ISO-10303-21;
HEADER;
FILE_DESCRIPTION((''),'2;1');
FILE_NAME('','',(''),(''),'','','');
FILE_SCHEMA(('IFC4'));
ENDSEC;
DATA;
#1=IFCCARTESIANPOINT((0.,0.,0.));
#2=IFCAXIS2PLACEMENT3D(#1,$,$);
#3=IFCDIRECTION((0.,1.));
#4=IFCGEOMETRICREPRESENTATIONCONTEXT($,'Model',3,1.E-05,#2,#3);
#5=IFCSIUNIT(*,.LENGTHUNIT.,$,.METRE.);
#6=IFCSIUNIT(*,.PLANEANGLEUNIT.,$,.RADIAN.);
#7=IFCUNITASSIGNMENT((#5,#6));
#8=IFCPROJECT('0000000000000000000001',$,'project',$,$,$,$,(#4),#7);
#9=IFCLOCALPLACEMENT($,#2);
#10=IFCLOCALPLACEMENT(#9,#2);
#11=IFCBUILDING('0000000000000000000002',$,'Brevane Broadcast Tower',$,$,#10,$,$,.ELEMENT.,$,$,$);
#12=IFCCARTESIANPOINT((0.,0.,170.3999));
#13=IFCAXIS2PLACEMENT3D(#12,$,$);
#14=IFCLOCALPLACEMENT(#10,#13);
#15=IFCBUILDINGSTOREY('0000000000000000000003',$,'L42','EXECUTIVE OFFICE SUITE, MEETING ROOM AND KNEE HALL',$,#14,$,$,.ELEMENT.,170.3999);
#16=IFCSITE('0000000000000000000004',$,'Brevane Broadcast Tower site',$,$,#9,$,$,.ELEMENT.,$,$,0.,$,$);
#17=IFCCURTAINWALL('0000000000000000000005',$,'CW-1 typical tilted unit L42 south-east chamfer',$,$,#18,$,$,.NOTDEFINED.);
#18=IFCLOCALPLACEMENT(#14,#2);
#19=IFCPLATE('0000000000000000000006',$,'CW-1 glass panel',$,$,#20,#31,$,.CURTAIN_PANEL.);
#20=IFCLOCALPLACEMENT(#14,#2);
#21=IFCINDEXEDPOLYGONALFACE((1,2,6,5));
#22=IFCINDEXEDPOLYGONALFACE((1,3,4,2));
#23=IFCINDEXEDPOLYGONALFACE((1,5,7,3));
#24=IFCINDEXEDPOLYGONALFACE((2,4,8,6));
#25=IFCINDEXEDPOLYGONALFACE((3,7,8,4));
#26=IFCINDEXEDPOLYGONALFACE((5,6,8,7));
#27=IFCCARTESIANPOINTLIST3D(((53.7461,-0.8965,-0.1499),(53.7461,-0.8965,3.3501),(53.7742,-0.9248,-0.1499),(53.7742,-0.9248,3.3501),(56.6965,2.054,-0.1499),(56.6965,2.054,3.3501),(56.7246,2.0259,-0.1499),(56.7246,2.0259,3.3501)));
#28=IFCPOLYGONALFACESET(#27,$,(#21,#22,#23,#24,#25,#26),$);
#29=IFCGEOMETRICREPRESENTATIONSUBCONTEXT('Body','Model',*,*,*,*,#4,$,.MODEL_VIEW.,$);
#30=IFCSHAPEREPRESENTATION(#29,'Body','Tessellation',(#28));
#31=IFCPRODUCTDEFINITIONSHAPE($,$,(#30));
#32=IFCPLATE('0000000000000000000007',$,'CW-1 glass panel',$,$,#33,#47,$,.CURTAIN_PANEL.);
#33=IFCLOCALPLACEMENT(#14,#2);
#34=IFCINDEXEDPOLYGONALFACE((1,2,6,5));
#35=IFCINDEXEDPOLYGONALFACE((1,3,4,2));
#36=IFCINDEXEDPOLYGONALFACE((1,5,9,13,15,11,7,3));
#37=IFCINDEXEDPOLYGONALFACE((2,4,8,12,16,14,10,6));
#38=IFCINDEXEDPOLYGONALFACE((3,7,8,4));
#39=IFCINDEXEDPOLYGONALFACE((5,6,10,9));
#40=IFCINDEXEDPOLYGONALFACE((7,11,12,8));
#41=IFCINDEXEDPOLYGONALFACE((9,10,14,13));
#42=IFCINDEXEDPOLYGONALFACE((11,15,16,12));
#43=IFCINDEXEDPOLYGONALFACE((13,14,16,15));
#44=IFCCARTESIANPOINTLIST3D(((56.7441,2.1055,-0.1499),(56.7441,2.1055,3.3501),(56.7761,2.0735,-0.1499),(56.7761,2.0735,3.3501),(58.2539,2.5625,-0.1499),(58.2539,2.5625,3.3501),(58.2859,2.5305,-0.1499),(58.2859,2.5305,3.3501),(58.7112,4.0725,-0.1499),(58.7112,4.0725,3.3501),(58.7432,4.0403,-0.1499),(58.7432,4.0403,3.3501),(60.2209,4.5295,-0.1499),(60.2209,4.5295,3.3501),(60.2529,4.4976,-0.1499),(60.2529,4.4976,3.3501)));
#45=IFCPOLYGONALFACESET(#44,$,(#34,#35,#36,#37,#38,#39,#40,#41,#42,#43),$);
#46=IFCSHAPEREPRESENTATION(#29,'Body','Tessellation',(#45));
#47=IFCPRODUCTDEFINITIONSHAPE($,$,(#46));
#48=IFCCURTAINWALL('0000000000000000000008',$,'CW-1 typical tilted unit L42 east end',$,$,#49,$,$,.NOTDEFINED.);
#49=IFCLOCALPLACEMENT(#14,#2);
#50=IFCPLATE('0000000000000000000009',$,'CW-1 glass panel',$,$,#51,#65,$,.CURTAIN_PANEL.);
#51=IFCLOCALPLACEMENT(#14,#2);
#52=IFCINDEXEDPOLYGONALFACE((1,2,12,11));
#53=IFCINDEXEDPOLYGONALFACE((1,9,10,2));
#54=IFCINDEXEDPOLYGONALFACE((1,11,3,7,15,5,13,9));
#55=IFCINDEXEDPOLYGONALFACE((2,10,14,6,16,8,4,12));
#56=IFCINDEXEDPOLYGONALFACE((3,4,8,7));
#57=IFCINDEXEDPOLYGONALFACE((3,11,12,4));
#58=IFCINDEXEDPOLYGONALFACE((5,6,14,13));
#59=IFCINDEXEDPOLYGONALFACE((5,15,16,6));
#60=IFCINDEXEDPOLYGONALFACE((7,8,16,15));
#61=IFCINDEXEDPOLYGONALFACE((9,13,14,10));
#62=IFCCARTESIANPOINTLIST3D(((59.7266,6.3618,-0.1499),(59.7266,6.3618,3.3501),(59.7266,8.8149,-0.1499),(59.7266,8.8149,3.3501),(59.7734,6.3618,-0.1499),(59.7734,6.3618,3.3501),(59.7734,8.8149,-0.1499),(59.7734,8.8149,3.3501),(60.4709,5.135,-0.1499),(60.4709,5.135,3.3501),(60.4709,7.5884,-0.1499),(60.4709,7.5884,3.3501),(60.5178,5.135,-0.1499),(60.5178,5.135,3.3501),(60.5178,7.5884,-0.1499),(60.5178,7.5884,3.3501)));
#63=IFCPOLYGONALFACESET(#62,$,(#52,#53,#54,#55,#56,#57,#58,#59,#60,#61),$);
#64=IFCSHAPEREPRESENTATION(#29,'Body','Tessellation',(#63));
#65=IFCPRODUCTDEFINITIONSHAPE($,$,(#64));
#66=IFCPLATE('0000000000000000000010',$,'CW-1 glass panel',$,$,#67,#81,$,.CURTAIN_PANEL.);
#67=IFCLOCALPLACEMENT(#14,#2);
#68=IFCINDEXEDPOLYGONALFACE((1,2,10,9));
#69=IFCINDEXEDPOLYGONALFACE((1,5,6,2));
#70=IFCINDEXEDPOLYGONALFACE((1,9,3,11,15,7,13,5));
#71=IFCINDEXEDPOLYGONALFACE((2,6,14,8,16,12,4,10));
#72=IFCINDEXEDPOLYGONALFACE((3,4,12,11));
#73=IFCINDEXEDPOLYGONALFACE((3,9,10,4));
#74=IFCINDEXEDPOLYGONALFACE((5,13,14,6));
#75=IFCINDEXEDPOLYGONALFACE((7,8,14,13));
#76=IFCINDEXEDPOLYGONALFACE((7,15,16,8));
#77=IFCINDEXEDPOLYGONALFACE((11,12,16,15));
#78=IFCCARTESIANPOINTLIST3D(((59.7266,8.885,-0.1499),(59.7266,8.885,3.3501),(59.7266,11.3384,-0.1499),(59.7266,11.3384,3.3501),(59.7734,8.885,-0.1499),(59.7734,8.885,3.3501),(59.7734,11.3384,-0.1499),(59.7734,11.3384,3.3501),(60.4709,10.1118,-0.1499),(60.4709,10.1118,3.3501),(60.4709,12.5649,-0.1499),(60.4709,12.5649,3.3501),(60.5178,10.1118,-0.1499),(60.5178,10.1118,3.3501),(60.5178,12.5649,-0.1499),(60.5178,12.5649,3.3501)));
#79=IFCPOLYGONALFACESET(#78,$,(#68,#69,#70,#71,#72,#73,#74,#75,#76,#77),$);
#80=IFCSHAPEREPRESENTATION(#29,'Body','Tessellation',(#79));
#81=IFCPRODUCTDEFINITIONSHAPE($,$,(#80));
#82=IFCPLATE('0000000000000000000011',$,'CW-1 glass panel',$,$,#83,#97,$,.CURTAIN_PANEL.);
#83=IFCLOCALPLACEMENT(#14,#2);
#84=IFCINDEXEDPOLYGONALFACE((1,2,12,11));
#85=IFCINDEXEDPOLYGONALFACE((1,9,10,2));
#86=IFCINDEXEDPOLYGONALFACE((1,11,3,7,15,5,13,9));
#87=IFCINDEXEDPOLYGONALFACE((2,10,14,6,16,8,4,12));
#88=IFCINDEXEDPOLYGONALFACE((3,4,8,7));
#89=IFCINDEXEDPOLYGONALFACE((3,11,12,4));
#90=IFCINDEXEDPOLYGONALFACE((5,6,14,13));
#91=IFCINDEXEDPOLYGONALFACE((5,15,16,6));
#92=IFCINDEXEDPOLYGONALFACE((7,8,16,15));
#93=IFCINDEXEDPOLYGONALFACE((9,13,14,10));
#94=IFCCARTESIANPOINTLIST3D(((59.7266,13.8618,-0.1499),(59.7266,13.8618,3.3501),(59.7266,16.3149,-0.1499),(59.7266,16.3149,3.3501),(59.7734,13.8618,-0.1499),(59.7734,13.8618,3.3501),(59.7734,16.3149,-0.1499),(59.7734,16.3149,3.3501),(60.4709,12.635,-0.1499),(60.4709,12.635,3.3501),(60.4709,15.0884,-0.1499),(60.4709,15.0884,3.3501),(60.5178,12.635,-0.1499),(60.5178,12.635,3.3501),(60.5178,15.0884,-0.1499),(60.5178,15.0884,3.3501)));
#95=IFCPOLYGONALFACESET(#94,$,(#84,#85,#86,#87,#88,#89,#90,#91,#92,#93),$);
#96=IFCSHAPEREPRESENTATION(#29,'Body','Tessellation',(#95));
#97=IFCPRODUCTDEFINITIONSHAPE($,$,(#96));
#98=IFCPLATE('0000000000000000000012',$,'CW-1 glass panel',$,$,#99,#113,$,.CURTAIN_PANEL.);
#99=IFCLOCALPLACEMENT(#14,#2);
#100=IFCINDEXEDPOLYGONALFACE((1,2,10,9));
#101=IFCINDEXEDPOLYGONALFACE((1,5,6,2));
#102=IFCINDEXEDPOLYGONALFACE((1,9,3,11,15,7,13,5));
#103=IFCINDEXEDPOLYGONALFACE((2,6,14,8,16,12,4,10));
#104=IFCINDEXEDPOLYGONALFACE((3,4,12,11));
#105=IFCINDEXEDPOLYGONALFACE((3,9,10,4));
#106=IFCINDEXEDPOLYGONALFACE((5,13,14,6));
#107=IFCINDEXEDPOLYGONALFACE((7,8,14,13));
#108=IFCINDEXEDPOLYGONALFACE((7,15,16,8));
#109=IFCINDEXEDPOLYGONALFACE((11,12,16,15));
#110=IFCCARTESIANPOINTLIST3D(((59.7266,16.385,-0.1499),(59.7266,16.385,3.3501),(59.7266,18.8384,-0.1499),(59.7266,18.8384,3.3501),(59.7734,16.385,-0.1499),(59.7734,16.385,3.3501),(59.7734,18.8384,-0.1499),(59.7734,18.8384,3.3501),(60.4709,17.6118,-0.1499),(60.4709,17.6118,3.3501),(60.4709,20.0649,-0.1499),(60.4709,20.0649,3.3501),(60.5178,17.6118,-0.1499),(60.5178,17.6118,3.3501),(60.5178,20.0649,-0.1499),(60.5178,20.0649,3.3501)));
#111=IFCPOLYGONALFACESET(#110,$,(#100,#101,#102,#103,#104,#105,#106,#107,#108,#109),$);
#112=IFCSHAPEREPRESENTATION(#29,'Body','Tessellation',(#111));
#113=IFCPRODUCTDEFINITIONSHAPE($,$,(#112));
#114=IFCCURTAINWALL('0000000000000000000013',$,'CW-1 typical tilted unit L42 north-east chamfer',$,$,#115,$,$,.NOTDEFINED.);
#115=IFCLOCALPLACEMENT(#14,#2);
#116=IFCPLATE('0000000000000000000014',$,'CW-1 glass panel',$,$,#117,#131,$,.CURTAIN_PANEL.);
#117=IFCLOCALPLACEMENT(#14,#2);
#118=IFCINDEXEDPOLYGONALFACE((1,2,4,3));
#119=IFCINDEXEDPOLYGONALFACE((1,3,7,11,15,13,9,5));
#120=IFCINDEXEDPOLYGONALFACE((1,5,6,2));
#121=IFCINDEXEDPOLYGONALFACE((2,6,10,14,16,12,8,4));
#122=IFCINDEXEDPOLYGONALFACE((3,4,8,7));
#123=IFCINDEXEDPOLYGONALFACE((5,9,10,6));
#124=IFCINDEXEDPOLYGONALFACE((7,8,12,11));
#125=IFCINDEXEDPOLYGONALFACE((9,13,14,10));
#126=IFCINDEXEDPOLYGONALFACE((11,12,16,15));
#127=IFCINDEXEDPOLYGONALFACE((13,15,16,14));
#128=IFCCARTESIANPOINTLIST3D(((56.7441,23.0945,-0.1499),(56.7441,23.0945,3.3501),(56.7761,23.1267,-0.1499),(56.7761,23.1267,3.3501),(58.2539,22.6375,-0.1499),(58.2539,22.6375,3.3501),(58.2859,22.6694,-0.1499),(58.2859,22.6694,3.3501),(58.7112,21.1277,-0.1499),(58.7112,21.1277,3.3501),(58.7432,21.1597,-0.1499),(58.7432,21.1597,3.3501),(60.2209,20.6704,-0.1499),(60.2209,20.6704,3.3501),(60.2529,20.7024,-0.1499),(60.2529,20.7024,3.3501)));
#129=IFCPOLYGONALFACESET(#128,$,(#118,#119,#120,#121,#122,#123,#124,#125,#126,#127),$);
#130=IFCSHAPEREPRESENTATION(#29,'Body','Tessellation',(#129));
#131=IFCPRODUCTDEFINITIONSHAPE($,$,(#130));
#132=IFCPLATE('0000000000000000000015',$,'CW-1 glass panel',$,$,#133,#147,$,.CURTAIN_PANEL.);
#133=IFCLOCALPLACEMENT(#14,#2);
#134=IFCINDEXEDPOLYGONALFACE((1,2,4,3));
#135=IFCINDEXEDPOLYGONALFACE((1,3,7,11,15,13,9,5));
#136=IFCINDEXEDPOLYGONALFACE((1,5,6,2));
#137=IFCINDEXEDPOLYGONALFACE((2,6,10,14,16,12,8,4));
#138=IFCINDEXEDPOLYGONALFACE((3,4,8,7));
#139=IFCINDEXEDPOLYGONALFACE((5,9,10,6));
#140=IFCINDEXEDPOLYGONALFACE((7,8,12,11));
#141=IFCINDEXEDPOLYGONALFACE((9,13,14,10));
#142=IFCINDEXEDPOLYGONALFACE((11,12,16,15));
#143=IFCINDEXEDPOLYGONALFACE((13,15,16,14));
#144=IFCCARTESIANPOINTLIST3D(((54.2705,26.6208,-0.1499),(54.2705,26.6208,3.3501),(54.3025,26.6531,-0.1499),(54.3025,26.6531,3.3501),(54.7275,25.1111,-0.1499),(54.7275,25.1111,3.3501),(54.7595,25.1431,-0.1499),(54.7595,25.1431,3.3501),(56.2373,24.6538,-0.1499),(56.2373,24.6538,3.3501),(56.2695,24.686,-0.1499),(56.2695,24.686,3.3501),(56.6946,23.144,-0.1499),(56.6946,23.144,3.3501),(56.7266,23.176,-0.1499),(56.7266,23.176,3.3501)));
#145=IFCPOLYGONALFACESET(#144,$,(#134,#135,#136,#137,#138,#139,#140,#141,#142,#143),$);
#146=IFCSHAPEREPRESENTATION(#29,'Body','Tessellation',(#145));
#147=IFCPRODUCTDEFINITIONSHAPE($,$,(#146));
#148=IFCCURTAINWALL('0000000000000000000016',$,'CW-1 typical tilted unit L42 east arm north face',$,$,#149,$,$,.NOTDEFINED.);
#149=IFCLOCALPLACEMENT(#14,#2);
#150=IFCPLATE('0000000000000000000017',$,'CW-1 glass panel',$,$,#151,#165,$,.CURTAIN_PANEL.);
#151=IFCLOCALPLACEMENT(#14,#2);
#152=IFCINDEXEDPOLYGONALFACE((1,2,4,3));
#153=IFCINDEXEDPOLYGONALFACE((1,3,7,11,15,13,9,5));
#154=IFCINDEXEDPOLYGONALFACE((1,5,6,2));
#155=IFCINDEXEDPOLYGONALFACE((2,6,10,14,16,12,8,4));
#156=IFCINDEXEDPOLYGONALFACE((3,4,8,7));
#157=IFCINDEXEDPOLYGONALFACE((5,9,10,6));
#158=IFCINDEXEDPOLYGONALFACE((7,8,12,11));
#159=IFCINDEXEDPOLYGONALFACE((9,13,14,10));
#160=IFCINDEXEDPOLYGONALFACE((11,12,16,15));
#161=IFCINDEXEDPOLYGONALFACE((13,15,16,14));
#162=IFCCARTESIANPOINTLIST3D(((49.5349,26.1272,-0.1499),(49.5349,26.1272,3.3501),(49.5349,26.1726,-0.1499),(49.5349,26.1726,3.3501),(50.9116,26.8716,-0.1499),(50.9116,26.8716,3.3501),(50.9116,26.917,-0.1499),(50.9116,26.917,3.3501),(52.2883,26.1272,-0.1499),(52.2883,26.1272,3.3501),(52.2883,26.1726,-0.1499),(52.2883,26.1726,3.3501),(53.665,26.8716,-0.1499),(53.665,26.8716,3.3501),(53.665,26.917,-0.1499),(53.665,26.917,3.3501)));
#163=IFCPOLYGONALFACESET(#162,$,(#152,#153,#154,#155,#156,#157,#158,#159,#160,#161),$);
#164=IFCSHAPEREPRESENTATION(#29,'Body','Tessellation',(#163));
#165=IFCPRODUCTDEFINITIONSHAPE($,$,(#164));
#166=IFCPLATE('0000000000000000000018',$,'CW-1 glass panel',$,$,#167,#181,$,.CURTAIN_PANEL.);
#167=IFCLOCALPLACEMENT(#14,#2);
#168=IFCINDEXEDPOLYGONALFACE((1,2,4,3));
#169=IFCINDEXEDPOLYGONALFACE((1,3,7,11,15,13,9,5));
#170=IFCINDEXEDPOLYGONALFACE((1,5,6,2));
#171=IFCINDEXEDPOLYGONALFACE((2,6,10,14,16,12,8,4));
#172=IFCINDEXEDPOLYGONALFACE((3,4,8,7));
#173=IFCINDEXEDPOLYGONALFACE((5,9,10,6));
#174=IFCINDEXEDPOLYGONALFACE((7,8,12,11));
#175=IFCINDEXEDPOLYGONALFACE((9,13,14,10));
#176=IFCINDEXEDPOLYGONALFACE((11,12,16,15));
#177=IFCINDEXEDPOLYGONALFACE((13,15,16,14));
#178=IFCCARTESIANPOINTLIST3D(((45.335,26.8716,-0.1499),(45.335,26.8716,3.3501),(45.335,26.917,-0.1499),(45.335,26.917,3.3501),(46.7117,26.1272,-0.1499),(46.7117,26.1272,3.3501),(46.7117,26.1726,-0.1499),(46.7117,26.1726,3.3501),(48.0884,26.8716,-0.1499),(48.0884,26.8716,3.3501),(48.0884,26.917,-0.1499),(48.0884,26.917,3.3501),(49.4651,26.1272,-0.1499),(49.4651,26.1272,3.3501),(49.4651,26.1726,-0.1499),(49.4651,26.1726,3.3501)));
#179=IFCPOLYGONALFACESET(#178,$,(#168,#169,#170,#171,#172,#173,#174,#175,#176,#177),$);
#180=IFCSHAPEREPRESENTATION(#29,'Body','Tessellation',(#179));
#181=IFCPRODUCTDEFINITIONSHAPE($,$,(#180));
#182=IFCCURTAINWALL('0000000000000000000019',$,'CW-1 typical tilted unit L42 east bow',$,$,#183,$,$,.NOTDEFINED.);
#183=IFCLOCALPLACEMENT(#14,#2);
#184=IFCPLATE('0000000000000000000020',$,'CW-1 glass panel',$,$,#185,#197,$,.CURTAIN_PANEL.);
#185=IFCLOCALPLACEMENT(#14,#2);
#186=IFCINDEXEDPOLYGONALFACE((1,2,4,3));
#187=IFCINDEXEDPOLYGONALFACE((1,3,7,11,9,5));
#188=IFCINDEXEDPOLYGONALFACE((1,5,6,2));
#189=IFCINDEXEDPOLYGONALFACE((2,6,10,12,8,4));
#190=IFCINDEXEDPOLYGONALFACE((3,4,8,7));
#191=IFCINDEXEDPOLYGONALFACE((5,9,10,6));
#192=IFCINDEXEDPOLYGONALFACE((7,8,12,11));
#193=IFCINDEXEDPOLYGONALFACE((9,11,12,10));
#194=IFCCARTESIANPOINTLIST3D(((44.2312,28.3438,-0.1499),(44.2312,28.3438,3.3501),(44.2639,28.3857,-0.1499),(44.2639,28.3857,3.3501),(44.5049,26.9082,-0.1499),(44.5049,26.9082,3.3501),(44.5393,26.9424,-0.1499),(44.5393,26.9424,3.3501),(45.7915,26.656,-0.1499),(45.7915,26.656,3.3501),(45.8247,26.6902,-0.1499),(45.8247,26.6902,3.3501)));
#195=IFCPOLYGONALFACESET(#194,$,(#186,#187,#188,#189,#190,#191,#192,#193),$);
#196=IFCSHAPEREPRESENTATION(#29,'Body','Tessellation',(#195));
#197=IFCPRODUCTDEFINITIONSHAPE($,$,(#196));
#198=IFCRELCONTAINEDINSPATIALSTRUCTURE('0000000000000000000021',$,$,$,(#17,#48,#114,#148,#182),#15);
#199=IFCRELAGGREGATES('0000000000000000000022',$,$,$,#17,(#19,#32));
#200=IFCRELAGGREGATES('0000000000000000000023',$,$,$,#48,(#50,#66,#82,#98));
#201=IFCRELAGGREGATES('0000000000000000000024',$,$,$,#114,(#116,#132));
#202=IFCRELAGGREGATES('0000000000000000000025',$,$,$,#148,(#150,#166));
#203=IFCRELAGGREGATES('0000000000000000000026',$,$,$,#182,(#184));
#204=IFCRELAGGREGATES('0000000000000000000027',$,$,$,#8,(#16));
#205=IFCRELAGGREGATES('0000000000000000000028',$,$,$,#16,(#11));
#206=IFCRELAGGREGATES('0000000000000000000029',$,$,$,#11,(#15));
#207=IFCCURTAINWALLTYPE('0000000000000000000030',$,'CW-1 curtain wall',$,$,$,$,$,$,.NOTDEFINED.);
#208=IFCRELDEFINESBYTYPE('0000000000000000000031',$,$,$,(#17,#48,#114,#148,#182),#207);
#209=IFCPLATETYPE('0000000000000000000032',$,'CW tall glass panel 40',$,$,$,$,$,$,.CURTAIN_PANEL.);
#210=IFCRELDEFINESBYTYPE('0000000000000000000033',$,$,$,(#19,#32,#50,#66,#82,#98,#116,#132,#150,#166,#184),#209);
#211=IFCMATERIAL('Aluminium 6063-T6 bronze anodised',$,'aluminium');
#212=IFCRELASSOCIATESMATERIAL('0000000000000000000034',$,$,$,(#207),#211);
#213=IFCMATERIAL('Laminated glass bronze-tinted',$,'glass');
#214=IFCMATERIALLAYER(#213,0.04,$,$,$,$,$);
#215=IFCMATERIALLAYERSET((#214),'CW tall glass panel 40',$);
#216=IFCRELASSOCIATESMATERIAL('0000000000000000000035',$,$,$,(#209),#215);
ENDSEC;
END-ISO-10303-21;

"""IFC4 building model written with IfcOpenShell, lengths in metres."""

from ifc_helpers import new_model, si_unit, direction, frame, origin, place, context, subcontext, project, spatial, polyline, outline, extrude, material, layer, layer_set, type_object, element, aggregate, save


model = new_model("IFC4")

# Units and contexts
model_context = context("Model", 3, precision=1e-05, world=origin(), true_north=direction((0.0, 1.0)))
body_context = subcontext(model_context, "Body", "Model", "MODEL_VIEW")
ifc_project = project(units=[si_unit("LENGTHUNIT", "METRE"), si_unit("PLANEANGLEUNIT", "RADIAN")], contexts=[model_context])

# Site, building, storey
site_placement = place(None, origin())
site = spatial("IfcSite", under=ifc_project, at=site_placement, Name="Brevane Broadcast Tower site", CompositionType="ELEMENT", RefElevation=0.0)
building_placement = place(site_placement, origin())
building = spatial("IfcBuilding", under=site, at=building_placement, Name="Brevane Broadcast Tower", CompositionType="ELEMENT")
storey_placement = place(building_placement, frame((0.0, 0.0, 170.3999)))
storey = spatial("IfcBuildingStorey", under=building, at=storey_placement, Name="L42", Description="EXECUTIVE OFFICE SUITE, MEETING ROOM AND KNEE HALL", CompositionType="ELEMENT", Elevation=170.3999)

# Curtain walls, plates
ifc_material_1 = material(Name="Aluminium 6063-T6 bronze anodised", Category="aluminium")
curtain_wall_type = type_object("IfcCurtainWallType", Name="CW-1 curtain wall", PredefinedType="NOTDEFINED", material=ifc_material_1)
ifc_material_2 = material(Name="Laminated glass bronze-tinted", Category="glass")
ifc_layer = layer(ifc_material_2, 0.04)
ifc_layer_set = layer_set([ifc_layer], Name="CW tall glass panel 40")
plate_type = type_object("IfcPlateType", Name="CW tall glass panel 40", PredefinedType="CURTAIN_PANEL", material=ifc_layer_set)
curtain_wall_1_placement = place(storey_placement, origin())
curtain_wall_1 = element("IfcCurtainWall", 1, at=curtain_wall_1_placement, inside=storey, type_object=curtain_wall_type, Name="CW-1 typical tilted unit L42 south-east chamfer", PredefinedType="NOTDEFINED")
plate_1_placement = place(storey_placement, frame((0.0, 0.0, -0.1499)))
plate_1 = element("IfcPlate", 2, at=plate_1_placement, type_object=plate_type, Name="CW-1 glass panel", PredefinedType="CURTAIN_PANEL", context=body_context, shape_type="SweptSolid", body=[
    extrude(outline(polyline([(53.7461, -0.8965), (56.6965, 2.054), (56.7246, 2.0259), (53.7742, -0.9248), (53.7461, -0.8965)])), origin(), (0.0, 0.0, 1.0), 3.5),
])
plate_2_placement = place(storey_placement, frame((0.0, 0.0, -0.1499)))
plate_2 = element("IfcPlate", 3, at=plate_2_placement, type_object=plate_type, Name="CW-1 glass panel", PredefinedType="CURTAIN_PANEL", context=body_context, shape_type="SweptSolid", body=[
    extrude(outline(polyline([(56.7441, 2.1055), (56.7761, 2.0735), (58.2859, 2.5305), (58.7432, 4.0403), (60.2529, 4.4976), (60.2209, 4.5295), (58.7112, 4.0725), (58.2539, 2.5625), (56.7441, 2.1055)])), origin(), (0.0, 0.0, 1.0), 3.5),
])
aggregate(curtain_wall_1, [plate_1, plate_2])
curtain_wall_2_placement = place(storey_placement, origin())
curtain_wall_2 = element("IfcCurtainWall", 4, at=curtain_wall_2_placement, inside=storey, type_object=curtain_wall_type, Name="CW-1 typical tilted unit L42 east end", PredefinedType="NOTDEFINED")
plate_3_placement = place(storey_placement, frame((0.0, 0.0, -0.1499)))
plate_3 = element("IfcPlate", 5, at=plate_3_placement, type_object=plate_type, Name="CW-1 glass panel", PredefinedType="CURTAIN_PANEL", context=body_context, shape_type="SweptSolid", body=[
    extrude(outline(polyline([(60.4709, 5.135), (60.5178, 5.135), (59.7734, 6.3618), (60.5178, 7.5884), (59.7734, 8.8149), (59.7266, 8.8149), (60.4709, 7.5884), (59.7266, 6.3618), (60.4709, 5.135)])), origin(), (0.0, 0.0, 1.0), 3.5),
])
plate_4_placement = place(storey_placement, frame((0.0, 0.0, -0.1499)))
plate_4 = element("IfcPlate", 6, at=plate_4_placement, type_object=plate_type, Name="CW-1 glass panel", PredefinedType="CURTAIN_PANEL", context=body_context, shape_type="SweptSolid", body=[
    extrude(outline(polyline([(59.7266, 8.885), (59.7734, 8.885), (60.5178, 10.1118), (59.7734, 11.3384), (60.5178, 12.5649), (60.4709, 12.5649), (59.7266, 11.3384), (60.4709, 10.1118), (59.7266, 8.885)])), origin(), (0.0, 0.0, 1.0), 3.5),
])
plate_5_placement = place(storey_placement, frame((0.0, 0.0, -0.1499)))
plate_5 = element("IfcPlate", 7, at=plate_5_placement, type_object=plate_type, Name="CW-1 glass panel", PredefinedType="CURTAIN_PANEL", context=body_context, shape_type="SweptSolid", body=[
    extrude(outline(polyline([(60.4709, 12.635), (60.5178, 12.635), (59.7734, 13.8618), (60.5178, 15.0884), (59.7734, 16.3149), (59.7266, 16.3149), (60.4709, 15.0884), (59.7266, 13.8618), (60.4709, 12.635)])), origin(), (0.0, 0.0, 1.0), 3.5),
])
plate_6_placement = place(storey_placement, frame((0.0, 0.0, -0.1499)))
plate_6 = element("IfcPlate", 8, at=plate_6_placement, type_object=plate_type, Name="CW-1 glass panel", PredefinedType="CURTAIN_PANEL", context=body_context, shape_type="SweptSolid", body=[
    extrude(outline(polyline([(59.7266, 16.385), (59.7734, 16.385), (60.5178, 17.6118), (59.7734, 18.8384), (60.5178, 20.0649), (60.4709, 20.0649), (59.7266, 18.8384), (60.4709, 17.6118), (59.7266, 16.385)])), origin(), (0.0, 0.0, 1.0), 3.5),
])
aggregate(curtain_wall_2, [plate_3, plate_4, plate_5, plate_6])
curtain_wall_3_placement = place(storey_placement, origin())
curtain_wall_3 = element("IfcCurtainWall", 9, at=curtain_wall_3_placement, inside=storey, type_object=curtain_wall_type, Name="CW-1 typical tilted unit L42 north-east chamfer", PredefinedType="NOTDEFINED")
plate_7_placement = place(storey_placement, frame((0.0, 0.0, -0.1499)))
plate_7 = element("IfcPlate", 10, at=plate_7_placement, type_object=plate_type, Name="CW-1 glass panel", PredefinedType="CURTAIN_PANEL", context=body_context, shape_type="SweptSolid", body=[
    extrude(outline(polyline([(60.2209, 20.6704), (60.2529, 20.7024), (58.7432, 21.1597), (58.2859, 22.6694), (56.7761, 23.1267), (56.7441, 23.0945), (58.2539, 22.6375), (58.7112, 21.1277), (60.2209, 20.6704)])), origin(), (0.0, 0.0, 1.0), 3.5),
])
plate_8_placement = place(storey_placement, frame((0.0, 0.0, -0.1499)))
plate_8 = element("IfcPlate", 11, at=plate_8_placement, type_object=plate_type, Name="CW-1 glass panel", PredefinedType="CURTAIN_PANEL", context=body_context, shape_type="SweptSolid", body=[
    extrude(outline(polyline([(56.6946, 23.144), (56.7266, 23.176), (56.2695, 24.686), (54.7595, 25.1431), (54.3025, 26.6531), (54.2705, 26.6208), (54.7275, 25.1111), (56.2373, 24.6538), (56.6946, 23.144)])), origin(), (0.0, 0.0, 1.0), 3.5),
])
aggregate(curtain_wall_3, [plate_7, plate_8])
curtain_wall_4_placement = place(storey_placement, origin())
curtain_wall_4 = element("IfcCurtainWall", 12, at=curtain_wall_4_placement, inside=storey, type_object=curtain_wall_type, Name="CW-1 typical tilted unit L42 east arm north face", PredefinedType="NOTDEFINED")
plate_9_placement = place(storey_placement, frame((0.0, 0.0, -0.1499)))
plate_9 = element("IfcPlate", 13, at=plate_9_placement, type_object=plate_type, Name="CW-1 glass panel", PredefinedType="CURTAIN_PANEL", context=body_context, shape_type="SweptSolid", body=[
    extrude(outline(polyline([(53.665, 26.8716), (53.665, 26.917), (52.2883, 26.1726), (50.9116, 26.917), (49.5349, 26.1726), (49.5349, 26.1272), (50.9116, 26.8716), (52.2883, 26.1272), (53.665, 26.8716)])), origin(), (0.0, 0.0, 1.0), 3.5),
])
plate_10_placement = place(storey_placement, frame((0.0, 0.0, -0.1499)))
plate_10 = element("IfcPlate", 14, at=plate_10_placement, type_object=plate_type, Name="CW-1 glass panel", PredefinedType="CURTAIN_PANEL", context=body_context, shape_type="SweptSolid", body=[
    extrude(outline(polyline([(49.4651, 26.1272), (49.4651, 26.1726), (48.0884, 26.917), (46.7117, 26.1726), (45.335, 26.917), (45.335, 26.8716), (46.7117, 26.1272), (48.0884, 26.8716), (49.4651, 26.1272)])), origin(), (0.0, 0.0, 1.0), 3.5),
])
aggregate(curtain_wall_4, [plate_9, plate_10])
curtain_wall_5_placement = place(storey_placement, origin())
curtain_wall_5 = element("IfcCurtainWall", 15, at=curtain_wall_5_placement, inside=storey, type_object=curtain_wall_type, Name="CW-1 typical tilted unit L42 east bow", PredefinedType="NOTDEFINED")
plate_11_placement = place(storey_placement, frame((0.0, 0.0, -0.1499)))
plate_11 = element("IfcPlate", 16, at=plate_11_placement, type_object=plate_type, Name="CW-1 glass panel", PredefinedType="CURTAIN_PANEL", context=body_context, shape_type="SweptSolid", body=[
    extrude(outline(polyline([(45.7915, 26.656), (45.8247, 26.6902), (44.5393, 26.9424), (44.2639, 28.3857), (44.2312, 28.3438), (44.5049, 26.9082), (45.7915, 26.656)])), origin(), (0.0, 0.0, 1.0), 3.5),
])
aggregate(curtain_wall_5, [plate_11])

save(model, "model.ifc")
